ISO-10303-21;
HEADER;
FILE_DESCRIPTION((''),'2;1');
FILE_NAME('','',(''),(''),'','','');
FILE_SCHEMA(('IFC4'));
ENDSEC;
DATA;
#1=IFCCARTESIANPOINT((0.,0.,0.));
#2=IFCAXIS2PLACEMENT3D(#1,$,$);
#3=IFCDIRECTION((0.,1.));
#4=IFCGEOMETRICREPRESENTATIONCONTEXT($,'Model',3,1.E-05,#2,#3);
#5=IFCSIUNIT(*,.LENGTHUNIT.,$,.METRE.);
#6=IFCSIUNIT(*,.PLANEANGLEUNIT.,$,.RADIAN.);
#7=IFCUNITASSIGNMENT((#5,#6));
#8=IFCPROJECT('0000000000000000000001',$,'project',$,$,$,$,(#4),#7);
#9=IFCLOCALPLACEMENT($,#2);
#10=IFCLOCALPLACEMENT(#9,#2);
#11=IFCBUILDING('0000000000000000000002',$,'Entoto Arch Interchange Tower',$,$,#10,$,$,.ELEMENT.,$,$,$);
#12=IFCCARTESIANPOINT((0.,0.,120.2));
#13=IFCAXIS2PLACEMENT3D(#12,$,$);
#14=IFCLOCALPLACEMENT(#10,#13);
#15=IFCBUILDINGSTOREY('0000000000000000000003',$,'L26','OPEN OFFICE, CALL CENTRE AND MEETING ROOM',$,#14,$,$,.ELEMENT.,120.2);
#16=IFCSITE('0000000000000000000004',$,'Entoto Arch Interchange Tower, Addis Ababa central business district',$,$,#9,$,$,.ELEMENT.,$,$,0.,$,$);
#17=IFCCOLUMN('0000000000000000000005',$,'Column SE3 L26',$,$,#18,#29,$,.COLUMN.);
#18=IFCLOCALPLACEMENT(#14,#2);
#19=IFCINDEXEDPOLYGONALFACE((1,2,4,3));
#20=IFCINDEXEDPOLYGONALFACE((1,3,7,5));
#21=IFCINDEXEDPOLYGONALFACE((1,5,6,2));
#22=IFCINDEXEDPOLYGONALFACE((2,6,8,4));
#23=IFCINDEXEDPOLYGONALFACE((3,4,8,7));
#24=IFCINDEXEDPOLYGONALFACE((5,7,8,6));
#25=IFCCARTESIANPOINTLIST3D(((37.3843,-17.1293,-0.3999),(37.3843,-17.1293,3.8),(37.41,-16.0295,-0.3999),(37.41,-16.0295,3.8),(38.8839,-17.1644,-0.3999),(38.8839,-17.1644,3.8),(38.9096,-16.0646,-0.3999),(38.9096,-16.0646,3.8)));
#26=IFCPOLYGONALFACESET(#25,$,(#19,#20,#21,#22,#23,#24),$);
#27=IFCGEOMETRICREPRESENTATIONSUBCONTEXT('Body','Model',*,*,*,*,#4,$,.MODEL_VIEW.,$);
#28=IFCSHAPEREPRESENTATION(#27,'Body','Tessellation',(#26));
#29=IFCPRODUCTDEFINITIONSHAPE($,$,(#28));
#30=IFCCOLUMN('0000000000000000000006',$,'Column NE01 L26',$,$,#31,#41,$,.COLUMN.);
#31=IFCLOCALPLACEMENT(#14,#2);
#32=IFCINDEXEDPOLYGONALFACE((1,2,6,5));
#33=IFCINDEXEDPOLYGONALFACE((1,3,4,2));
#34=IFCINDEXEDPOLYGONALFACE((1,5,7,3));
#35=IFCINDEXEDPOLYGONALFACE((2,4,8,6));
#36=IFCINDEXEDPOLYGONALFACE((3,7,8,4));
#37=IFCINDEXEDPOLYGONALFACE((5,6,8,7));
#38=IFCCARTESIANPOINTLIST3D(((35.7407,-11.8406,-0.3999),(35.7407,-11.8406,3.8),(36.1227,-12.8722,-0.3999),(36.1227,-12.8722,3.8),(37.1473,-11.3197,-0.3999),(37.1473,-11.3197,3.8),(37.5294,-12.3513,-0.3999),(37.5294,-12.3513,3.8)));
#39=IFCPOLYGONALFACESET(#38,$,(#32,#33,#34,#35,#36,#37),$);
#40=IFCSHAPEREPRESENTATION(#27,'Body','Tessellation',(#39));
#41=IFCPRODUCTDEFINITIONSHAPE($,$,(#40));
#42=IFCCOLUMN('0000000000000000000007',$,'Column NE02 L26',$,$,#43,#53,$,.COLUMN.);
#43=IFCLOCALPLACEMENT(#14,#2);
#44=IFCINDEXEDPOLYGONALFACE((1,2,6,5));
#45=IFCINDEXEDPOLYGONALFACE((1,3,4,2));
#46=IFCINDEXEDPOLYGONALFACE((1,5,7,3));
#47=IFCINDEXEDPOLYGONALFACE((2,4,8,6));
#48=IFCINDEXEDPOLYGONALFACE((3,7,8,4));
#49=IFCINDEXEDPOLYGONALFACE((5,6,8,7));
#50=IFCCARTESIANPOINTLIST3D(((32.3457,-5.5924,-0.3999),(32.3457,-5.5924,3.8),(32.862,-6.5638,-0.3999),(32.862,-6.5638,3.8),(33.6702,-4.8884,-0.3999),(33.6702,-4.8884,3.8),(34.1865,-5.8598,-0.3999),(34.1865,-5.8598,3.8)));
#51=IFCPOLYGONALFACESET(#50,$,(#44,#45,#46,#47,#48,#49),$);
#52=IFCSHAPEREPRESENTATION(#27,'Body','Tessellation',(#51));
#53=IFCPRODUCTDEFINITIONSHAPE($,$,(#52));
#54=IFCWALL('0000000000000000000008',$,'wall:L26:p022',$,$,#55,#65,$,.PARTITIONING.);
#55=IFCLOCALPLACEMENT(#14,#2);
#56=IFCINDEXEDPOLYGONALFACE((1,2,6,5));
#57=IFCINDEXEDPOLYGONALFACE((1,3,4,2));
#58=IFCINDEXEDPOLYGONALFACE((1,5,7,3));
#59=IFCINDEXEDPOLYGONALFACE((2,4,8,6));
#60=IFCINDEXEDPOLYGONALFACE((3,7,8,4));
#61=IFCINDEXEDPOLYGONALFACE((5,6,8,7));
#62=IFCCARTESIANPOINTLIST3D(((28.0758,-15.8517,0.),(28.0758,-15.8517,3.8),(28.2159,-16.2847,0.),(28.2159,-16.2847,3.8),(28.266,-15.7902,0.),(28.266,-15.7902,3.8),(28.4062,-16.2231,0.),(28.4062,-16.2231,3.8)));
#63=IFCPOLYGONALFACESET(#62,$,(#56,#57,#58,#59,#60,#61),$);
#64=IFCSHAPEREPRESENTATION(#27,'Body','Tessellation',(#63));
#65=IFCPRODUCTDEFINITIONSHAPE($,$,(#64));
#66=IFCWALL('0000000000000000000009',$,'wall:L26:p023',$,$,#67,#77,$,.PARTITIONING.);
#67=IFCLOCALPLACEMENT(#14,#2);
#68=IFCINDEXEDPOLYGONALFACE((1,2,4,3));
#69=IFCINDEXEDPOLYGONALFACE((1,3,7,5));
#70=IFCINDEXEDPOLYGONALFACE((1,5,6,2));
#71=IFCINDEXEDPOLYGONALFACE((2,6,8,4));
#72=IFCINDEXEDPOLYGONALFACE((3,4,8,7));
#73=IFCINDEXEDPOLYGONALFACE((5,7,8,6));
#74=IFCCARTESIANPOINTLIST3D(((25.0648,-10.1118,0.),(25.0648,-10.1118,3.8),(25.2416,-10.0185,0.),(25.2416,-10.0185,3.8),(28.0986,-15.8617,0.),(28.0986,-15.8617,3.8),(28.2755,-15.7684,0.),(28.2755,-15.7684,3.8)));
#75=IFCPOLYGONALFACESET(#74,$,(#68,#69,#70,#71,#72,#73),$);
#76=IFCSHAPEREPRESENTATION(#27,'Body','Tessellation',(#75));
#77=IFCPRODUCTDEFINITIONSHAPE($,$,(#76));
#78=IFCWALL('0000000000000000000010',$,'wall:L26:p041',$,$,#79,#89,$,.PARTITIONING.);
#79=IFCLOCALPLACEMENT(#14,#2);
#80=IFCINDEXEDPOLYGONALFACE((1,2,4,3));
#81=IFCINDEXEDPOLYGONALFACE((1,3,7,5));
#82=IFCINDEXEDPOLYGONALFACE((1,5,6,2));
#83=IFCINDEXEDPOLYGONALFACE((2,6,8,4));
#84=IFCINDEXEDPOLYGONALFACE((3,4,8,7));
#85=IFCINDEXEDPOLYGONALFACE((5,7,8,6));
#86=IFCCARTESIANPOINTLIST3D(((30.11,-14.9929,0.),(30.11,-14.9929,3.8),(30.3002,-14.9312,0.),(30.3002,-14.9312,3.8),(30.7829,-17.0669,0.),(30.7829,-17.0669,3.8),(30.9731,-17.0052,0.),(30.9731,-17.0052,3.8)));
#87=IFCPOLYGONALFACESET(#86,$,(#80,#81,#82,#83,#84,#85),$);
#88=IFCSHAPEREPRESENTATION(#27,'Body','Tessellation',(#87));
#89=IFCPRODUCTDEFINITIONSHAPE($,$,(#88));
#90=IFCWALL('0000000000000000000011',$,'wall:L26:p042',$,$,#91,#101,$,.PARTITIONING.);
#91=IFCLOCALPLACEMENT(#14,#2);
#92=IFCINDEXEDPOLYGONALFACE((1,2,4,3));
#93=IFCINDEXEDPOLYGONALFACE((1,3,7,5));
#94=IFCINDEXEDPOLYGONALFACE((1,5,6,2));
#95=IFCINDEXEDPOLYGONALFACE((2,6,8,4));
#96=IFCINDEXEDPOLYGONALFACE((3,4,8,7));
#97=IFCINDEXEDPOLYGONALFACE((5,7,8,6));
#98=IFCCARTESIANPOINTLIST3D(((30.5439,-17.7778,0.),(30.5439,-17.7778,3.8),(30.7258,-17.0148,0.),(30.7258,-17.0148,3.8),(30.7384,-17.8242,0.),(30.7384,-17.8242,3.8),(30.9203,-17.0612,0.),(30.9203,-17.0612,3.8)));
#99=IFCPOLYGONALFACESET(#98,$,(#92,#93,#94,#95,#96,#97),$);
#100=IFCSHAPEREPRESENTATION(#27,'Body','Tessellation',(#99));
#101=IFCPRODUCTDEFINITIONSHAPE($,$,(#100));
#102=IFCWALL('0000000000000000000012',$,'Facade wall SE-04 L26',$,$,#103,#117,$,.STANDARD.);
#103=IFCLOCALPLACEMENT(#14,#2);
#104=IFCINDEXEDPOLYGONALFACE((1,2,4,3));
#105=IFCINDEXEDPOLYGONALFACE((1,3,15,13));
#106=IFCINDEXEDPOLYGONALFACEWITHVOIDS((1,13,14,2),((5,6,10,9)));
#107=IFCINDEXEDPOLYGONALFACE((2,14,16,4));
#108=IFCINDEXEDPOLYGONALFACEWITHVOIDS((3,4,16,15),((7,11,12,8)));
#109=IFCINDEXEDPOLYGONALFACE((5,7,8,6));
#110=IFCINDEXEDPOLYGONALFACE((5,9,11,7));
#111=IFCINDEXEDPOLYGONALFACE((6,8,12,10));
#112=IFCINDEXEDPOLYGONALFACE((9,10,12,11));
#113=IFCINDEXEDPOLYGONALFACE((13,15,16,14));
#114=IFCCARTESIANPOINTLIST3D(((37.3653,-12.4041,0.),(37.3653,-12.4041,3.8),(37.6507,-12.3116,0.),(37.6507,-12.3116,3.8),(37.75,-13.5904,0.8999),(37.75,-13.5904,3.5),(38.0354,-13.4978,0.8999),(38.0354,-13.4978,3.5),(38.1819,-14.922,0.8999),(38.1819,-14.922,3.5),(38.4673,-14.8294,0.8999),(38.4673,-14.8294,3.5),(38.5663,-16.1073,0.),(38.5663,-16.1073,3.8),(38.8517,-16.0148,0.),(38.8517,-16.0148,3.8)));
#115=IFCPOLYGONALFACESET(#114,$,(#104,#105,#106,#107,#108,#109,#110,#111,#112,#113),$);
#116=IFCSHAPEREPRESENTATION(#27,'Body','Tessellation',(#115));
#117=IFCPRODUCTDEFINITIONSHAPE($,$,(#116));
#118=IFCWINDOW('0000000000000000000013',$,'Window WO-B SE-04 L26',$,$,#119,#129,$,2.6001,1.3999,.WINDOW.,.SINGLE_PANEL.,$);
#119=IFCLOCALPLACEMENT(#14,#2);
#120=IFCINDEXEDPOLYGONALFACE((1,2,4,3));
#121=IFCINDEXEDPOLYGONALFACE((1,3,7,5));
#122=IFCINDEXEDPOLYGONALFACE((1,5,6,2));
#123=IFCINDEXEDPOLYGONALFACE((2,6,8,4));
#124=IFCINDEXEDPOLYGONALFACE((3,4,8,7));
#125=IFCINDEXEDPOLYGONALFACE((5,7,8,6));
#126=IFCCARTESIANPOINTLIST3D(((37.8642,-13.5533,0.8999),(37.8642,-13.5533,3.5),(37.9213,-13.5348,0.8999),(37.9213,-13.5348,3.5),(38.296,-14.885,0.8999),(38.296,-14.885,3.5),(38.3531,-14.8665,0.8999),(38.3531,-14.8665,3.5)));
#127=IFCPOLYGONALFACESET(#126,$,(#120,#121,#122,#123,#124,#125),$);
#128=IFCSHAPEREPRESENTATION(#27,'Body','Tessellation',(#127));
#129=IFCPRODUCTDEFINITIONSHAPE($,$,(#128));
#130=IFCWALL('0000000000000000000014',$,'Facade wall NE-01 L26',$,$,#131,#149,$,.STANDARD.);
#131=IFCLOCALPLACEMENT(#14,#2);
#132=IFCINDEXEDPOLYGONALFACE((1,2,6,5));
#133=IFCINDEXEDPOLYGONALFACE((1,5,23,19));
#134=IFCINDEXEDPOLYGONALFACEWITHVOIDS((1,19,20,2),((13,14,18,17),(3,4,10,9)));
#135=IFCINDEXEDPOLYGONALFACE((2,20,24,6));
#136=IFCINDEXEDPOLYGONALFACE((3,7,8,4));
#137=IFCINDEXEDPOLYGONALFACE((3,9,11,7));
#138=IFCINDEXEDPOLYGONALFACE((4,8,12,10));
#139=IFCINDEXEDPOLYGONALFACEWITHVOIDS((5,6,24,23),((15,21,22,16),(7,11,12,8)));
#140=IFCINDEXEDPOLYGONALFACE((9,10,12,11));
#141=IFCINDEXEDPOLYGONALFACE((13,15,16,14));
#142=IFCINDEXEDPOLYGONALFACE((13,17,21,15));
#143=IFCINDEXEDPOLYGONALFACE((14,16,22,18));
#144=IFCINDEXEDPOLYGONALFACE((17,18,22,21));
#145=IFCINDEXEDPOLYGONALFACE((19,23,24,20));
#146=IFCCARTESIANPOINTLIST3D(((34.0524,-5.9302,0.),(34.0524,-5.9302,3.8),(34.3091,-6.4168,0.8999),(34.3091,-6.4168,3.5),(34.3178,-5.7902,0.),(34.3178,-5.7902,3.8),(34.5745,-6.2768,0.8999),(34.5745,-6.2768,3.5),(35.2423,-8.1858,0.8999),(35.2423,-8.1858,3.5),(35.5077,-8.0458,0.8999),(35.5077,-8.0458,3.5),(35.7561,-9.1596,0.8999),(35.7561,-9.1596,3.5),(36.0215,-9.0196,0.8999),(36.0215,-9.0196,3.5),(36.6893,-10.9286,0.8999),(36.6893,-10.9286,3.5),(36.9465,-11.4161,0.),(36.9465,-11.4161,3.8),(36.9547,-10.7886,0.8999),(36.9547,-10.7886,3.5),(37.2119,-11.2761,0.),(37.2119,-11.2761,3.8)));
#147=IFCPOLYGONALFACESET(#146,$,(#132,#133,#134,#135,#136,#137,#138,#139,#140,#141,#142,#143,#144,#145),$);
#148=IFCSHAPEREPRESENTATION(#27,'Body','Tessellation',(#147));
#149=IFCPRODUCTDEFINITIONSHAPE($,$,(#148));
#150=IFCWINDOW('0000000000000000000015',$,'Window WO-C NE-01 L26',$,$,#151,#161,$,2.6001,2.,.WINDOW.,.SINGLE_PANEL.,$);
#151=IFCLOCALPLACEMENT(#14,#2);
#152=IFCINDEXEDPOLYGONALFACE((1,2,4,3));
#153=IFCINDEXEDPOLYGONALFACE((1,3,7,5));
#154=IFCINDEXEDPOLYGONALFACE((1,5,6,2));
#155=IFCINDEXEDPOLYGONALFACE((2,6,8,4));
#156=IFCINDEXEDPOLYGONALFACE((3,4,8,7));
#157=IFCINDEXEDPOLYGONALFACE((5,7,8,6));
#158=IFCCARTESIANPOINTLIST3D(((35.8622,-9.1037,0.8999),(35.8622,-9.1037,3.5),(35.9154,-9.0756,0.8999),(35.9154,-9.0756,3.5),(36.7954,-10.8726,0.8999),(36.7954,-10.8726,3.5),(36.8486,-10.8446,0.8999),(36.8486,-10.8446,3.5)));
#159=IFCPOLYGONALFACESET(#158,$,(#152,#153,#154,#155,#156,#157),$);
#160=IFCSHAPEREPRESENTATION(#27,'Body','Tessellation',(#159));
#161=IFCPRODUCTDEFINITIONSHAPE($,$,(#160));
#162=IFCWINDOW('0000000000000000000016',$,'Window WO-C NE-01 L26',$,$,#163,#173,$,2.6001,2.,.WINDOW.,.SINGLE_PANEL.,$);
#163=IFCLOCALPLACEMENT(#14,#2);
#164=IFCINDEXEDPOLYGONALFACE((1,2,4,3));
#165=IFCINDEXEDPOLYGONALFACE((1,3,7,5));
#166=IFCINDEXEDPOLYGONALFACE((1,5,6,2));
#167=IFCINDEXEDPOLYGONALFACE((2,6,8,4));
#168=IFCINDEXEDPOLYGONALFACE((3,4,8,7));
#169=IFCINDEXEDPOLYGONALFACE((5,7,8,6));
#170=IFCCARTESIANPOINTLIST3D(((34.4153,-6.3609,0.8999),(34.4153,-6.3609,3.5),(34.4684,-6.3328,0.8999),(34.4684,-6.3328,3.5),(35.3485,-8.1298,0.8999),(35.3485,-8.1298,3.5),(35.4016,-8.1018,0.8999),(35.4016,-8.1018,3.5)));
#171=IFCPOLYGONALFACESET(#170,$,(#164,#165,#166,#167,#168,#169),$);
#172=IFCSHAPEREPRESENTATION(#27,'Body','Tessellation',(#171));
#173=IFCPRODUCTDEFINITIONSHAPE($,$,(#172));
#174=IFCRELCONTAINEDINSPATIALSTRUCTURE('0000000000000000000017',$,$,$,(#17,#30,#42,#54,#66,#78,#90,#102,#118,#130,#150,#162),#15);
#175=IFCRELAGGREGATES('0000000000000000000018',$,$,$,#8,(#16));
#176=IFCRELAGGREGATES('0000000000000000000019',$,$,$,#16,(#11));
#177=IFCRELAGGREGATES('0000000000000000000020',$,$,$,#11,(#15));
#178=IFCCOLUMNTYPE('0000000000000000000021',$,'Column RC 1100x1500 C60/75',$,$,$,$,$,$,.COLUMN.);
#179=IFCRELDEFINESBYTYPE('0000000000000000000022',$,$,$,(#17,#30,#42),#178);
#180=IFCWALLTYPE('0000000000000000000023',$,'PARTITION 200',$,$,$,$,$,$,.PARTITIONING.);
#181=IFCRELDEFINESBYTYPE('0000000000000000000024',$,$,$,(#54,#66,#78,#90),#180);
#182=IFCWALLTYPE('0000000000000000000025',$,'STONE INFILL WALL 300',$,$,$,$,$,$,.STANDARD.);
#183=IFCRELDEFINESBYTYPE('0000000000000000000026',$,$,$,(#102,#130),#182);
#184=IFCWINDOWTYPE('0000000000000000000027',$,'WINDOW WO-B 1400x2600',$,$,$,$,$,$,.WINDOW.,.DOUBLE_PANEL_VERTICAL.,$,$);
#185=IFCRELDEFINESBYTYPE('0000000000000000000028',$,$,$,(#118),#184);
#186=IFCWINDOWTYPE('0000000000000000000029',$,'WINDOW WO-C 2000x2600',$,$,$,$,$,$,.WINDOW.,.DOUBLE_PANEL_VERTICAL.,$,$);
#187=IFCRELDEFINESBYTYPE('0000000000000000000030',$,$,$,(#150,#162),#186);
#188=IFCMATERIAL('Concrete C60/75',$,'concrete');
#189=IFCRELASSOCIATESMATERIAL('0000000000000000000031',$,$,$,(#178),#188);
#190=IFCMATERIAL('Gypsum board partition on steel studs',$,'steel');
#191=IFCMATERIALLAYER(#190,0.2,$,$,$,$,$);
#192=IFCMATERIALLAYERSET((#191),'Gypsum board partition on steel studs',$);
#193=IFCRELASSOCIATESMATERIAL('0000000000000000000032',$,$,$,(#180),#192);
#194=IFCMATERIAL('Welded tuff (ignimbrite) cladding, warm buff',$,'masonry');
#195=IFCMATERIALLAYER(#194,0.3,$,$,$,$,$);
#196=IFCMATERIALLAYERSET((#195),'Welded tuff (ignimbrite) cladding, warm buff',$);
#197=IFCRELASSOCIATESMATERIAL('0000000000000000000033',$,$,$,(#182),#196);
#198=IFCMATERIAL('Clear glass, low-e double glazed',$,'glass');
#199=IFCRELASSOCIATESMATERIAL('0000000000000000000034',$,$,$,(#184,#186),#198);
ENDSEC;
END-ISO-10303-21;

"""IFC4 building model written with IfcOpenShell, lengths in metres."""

from ifc_helpers import new_model, si_unit, direction, frame, frame_2d, origin, origin_2d, place, context, subcontext, project, spatial, rectangle, extrude, material, layer, layer_set, material_profile, profile_set, type_object, element, fill, save


model = new_model("IFC4")

# Units and contexts
model_context = context("Model", 3, precision=1e-05, world=origin(), true_north=direction((0.0, 1.0)))
body_context = subcontext(model_context, "Body", "Model", "MODEL_VIEW")
ifc_project = project(units=[si_unit("LENGTHUNIT", "METRE"), si_unit("PLANEANGLEUNIT", "RADIAN")], contexts=[model_context])

# Site, building, storey
site_placement = place(None, origin())
site = spatial("IfcSite", under=ifc_project, at=site_placement, Name="Entoto Arch Interchange Tower, Addis Ababa central business district", CompositionType="ELEMENT", RefElevation=0.0)
building_placement = place(site_placement, origin())
building = spatial("IfcBuilding", under=site, at=building_placement, Name="Entoto Arch Interchange Tower", CompositionType="ELEMENT")
storey_placement = place(building_placement, frame((0.0, 0.0, 120.2)))
storey = spatial("IfcBuildingStorey", under=building, at=storey_placement, Name="L26", Description="OPEN OFFICE, CALL CENTRE AND MEETING ROOM", CompositionType="ELEMENT", Elevation=120.2)

# Columns
ifc_material_1 = material(Name="Concrete C60/75", Category="concrete")
ifc_material_profile = material_profile(ifc_material_1, rectangle(XDim=1.1001, YDim=1.5, at=origin_2d()))
ifc_profile_set = profile_set([ifc_material_profile], Name="Concrete C60/75")
column_type = type_object("IfcColumnType", Name="Column RC 1100x1500 C60/75", PredefinedType="COLUMN", material=ifc_profile_set)
for number, where, z_axis, x_axis, name in (
    (1, (38.147, -16.5969, -0.3999), (0.0, 0.0, 1.0), (0.023385, 0.999727, 0.0), "Column SE3 L26"),
    (2, (36.635, -12.0959, -0.3999), (0.0, 0.0, 1.0), (-0.347312, 0.93775, 0.0), "Column NE01 L26"),
    (3, (33.2661, -5.7261, -0.3999), (0.0, 0.0, 1.0), (-0.469333, 0.883021, 0.0), "Column NE02 L26"),
):
    element("IfcColumn", number, at=place(storey_placement, frame(where, z_axis=z_axis, x_axis=x_axis)), inside=storey, type_object=column_type, Name=name, PredefinedType="COLUMN", context=body_context, shape_type="SweptSolid", body=[
        extrude(rectangle(XDim=1.1001, YDim=1.5, at=origin_2d()), origin(), (0.0, 0.0, 1.0), 4.2),
    ])

# Walls
ifc_material_2 = material(Name="Gypsum board partition on steel studs", Category="steel")
ifc_layer_1 = layer(ifc_material_2, 0.2)
ifc_layer_set_1 = layer_set([ifc_layer_1], Name="Gypsum board partition on steel studs")
wall_type_1 = type_object("IfcWallType", Name="PARTITION 200", PredefinedType="PARTITIONING", material=ifc_layer_set_1)
wall_1_placement = place(storey_placement, frame((28.311, -16.2539, 0.0), z_axis=(0.0, 0.0, 1.0), x_axis=(-0.308006, 0.951384, 0.0)))
element("IfcWall", 4, at=wall_1_placement, inside=storey, type_object=wall_type_1, Name="wall:L26:p022", PredefinedType="PARTITIONING", context=body_context, shape_type="SweptSolid", body=[
    extrude(rectangle(XDim=0.4551, YDim=0.2, at=frame_2d((0.2275, 0.0))), origin(), (0.0, 0.0, 1.0), 3.8),
])
wall_2_placement = place(storey_placement, frame((28.187, -15.8149, 0.0), z_axis=(0.0, 0.0, 1.0), x_axis=(-0.466664, 0.884435, 0.0)))
element("IfcWall", 5, at=wall_2_placement, inside=storey, type_object=wall_type_1, Name="wall:L26:p023", PredefinedType="PARTITIONING", context=body_context, shape_type="SweptSolid", body=[
    extrude(rectangle(XDim=6.5012, YDim=0.2, at=frame_2d((3.2505, 0.0))), origin(), (0.0, 0.0, 1.0), 3.8),
])
wall_3_placement = place(storey_placement, frame((30.2051, -14.9619, 0.0), z_axis=(0.0, 0.0, 1.0), x_axis=(0.308592, -0.951194, 0.0)))
element("IfcWall", 6, at=wall_3_placement, inside=storey, type_object=wall_type_1, Name="wall:L26:p041", PredefinedType="PARTITIONING", context=body_context, shape_type="SweptSolid", body=[
    extrude(rectangle(XDim=2.1804, YDim=0.2, at=frame_2d((1.0903, 0.0))), origin(), (0.0, 0.0, 1.0), 3.8),
])
wall_4_placement = place(storey_placement, frame((30.823, -17.0381, 0.0), z_axis=(0.0, 0.0, 1.0), x_axis=(-0.231901, -0.972739, 0.0)))
element("IfcWall", 7, at=wall_4_placement, inside=storey, type_object=wall_type_1, Name="wall:L26:p042", PredefinedType="PARTITIONING", context=body_context, shape_type="SweptSolid", body=[
    extrude(rectangle(XDim=0.7844, YDim=0.2, at=frame_2d((0.3921, 0.0))), origin(), (0.0, 0.0, 1.0), 3.8),
])

# Wall, opening, window
ifc_material_3 = material(Name="Welded tuff (ignimbrite) cladding, warm buff", Category="masonry")
ifc_layer_2 = layer(ifc_material_3, 0.3)
ifc_layer_set_2 = layer_set([ifc_layer_2], Name="Welded tuff (ignimbrite) cladding, warm buff")
wall_type_2 = type_object("IfcWallType", Name="STONE INFILL WALL 300", PredefinedType="STANDARD", material=ifc_layer_set_2)
wall_5_placement = place(storey_placement, frame((38.709, -16.061, 0.0), z_axis=(0.0, 0.0, 1.0), x_axis=(-0.308485, 0.951229, 0.0)))
wall_5 = element("IfcWall", 8, at=wall_5_placement, inside=storey, type_object=wall_type_2, Name="Facade wall SE-04 L26", PredefinedType="STANDARD", context=body_context, shape_type="SweptSolid", body=[
    extrude(rectangle(XDim=3.8931, YDim=0.3, at=frame_2d((1.9465, 0.0))), origin(), (0.0, 0.0, 1.0), 3.8),
])
opening_1_placement = place(wall_5_placement, frame((1.2461, 0.0, 0.8999)))
opening_1 = element("IfcOpeningElement", 9, at=opening_1_placement, cuts=wall_5, PredefinedType="OPENING", context=body_context, shape_type="SweptSolid", body=[
    extrude(rectangle(XDim=1.3999, YDim=2.6001, at=frame_2d((0.7, 1.3))), frame((0.0, 0.1602, 0.0), z_axis=(0.0, -1.0, 0.0), x_axis=(1.0, 0.0, 0.0)), (0.0, 0.0, 1.0), 0.3201),
])
ifc_material_4 = material(Name="Clear glass, low-e double glazed", Category="glass")
window_type_1 = type_object("IfcWindowType", Name="WINDOW WO-B 1400x2600", PartitioningType="DOUBLE_PANEL_VERTICAL", PredefinedType="WINDOW", material=ifc_material_4)
window_1_placement = place(opening_1_placement, origin())
window_1 = element("IfcWindow", 10, at=window_1_placement, inside=storey, type_object=window_type_1, Name="Window WO-B SE-04 L26", OverallHeight=2.6001, OverallWidth=1.3999, PartitioningType="SINGLE_PANEL", PredefinedType="WINDOW", context=body_context, shape_type="SweptSolid", body=[
    extrude(rectangle(XDim=1.3999, YDim=2.6001, at=frame_2d((0.7, 1.3))), frame((0.0, 0.03, 0.0), z_axis=(0.0, -1.0, 0.0), x_axis=(1.0, 0.0, 0.0)), (0.0, 0.0, 1.0), 0.0601),
])
fill(opening_1, window_1)

# Wall, openings, windows
wall_6_placement = place(storey_placement, frame((37.0791, -11.3459, 0.0), z_axis=(0.0, 0.0, 1.0), x_axis=(-0.4666, 0.884469, 0.0)))
wall_6 = element("IfcWall", 11, at=wall_6_placement, inside=storey, type_object=wall_type_2, Name="Facade wall NE-01 L26", PredefinedType="STANDARD", context=body_context, shape_type="SweptSolid", body=[
    extrude(rectangle(XDim=6.2024, YDim=0.3, at=frame_2d((3.1011, 0.0))), origin(), (0.0, 0.0, 1.0), 3.8),
])
opening_2_placement = place(wall_6_placement, frame((0.551, 0.0, 0.8999)))
opening_2 = element("IfcOpeningElement", 12, at=opening_2_placement, cuts=wall_6, PredefinedType="OPENING", context=body_context, shape_type="SweptSolid", body=[
    extrude(rectangle(XDim=2.0, YDim=2.6001, at=frame_2d((1.0, 1.3))), frame((0.0, 0.1602, 0.0), z_axis=(0.0, -1.0, 0.0), x_axis=(1.0, 0.0, 0.0)), (0.0, 0.0, 1.0), 0.3201),
])
opening_3_placement = place(wall_6_placement, frame((3.6521, 0.0, 0.8999)))
opening_3 = element("IfcOpeningElement", 13, at=opening_3_placement, cuts=wall_6, PredefinedType="OPENING", context=body_context, shape_type="SweptSolid", body=[
    extrude(rectangle(XDim=2.0, YDim=2.6001, at=frame_2d((1.0, 1.3))), frame((0.0, 0.1602, 0.0), z_axis=(0.0, -1.0, 0.0), x_axis=(1.0, 0.0, 0.0)), (0.0, 0.0, 1.0), 0.3201),
])
window_type_2 = type_object("IfcWindowType", Name="WINDOW WO-C 2000x2600", PartitioningType="DOUBLE_PANEL_VERTICAL", PredefinedType="WINDOW", material=ifc_material_4)
window_2_placement = place(opening_2_placement, origin())
window_2 = element("IfcWindow", 14, at=window_2_placement, inside=storey, type_object=window_type_2, Name="Window WO-C NE-01 L26", OverallHeight=2.6001, OverallWidth=2.0, PartitioningType="SINGLE_PANEL", PredefinedType="WINDOW", context=body_context, shape_type="SweptSolid", body=[
    extrude(rectangle(XDim=2.0, YDim=2.6001, at=frame_2d((1.0, 1.3))), frame((0.0, 0.03, 0.0), z_axis=(0.0, -1.0, 0.0), x_axis=(1.0, 0.0, 0.0)), (0.0, 0.0, 1.0), 0.0601),
])
fill(opening_2, window_2)
window_3_placement = place(opening_3_placement, origin())
window_3 = element("IfcWindow", 15, at=window_3_placement, inside=storey, type_object=window_type_2, Name="Window WO-C NE-01 L26", OverallHeight=2.6001, OverallWidth=2.0, PartitioningType="SINGLE_PANEL", PredefinedType="WINDOW", context=body_context, shape_type="SweptSolid", body=[
    extrude(rectangle(XDim=2.0, YDim=2.6001, at=frame_2d((1.0, 1.3))), frame((0.0, 0.03, 0.0), z_axis=(0.0, -1.0, 0.0), x_axis=(1.0, 0.0, 0.0)), (0.0, 0.0, 1.0), 0.0601),
])
fill(opening_3, window_3)

save(model, "model.ifc")
